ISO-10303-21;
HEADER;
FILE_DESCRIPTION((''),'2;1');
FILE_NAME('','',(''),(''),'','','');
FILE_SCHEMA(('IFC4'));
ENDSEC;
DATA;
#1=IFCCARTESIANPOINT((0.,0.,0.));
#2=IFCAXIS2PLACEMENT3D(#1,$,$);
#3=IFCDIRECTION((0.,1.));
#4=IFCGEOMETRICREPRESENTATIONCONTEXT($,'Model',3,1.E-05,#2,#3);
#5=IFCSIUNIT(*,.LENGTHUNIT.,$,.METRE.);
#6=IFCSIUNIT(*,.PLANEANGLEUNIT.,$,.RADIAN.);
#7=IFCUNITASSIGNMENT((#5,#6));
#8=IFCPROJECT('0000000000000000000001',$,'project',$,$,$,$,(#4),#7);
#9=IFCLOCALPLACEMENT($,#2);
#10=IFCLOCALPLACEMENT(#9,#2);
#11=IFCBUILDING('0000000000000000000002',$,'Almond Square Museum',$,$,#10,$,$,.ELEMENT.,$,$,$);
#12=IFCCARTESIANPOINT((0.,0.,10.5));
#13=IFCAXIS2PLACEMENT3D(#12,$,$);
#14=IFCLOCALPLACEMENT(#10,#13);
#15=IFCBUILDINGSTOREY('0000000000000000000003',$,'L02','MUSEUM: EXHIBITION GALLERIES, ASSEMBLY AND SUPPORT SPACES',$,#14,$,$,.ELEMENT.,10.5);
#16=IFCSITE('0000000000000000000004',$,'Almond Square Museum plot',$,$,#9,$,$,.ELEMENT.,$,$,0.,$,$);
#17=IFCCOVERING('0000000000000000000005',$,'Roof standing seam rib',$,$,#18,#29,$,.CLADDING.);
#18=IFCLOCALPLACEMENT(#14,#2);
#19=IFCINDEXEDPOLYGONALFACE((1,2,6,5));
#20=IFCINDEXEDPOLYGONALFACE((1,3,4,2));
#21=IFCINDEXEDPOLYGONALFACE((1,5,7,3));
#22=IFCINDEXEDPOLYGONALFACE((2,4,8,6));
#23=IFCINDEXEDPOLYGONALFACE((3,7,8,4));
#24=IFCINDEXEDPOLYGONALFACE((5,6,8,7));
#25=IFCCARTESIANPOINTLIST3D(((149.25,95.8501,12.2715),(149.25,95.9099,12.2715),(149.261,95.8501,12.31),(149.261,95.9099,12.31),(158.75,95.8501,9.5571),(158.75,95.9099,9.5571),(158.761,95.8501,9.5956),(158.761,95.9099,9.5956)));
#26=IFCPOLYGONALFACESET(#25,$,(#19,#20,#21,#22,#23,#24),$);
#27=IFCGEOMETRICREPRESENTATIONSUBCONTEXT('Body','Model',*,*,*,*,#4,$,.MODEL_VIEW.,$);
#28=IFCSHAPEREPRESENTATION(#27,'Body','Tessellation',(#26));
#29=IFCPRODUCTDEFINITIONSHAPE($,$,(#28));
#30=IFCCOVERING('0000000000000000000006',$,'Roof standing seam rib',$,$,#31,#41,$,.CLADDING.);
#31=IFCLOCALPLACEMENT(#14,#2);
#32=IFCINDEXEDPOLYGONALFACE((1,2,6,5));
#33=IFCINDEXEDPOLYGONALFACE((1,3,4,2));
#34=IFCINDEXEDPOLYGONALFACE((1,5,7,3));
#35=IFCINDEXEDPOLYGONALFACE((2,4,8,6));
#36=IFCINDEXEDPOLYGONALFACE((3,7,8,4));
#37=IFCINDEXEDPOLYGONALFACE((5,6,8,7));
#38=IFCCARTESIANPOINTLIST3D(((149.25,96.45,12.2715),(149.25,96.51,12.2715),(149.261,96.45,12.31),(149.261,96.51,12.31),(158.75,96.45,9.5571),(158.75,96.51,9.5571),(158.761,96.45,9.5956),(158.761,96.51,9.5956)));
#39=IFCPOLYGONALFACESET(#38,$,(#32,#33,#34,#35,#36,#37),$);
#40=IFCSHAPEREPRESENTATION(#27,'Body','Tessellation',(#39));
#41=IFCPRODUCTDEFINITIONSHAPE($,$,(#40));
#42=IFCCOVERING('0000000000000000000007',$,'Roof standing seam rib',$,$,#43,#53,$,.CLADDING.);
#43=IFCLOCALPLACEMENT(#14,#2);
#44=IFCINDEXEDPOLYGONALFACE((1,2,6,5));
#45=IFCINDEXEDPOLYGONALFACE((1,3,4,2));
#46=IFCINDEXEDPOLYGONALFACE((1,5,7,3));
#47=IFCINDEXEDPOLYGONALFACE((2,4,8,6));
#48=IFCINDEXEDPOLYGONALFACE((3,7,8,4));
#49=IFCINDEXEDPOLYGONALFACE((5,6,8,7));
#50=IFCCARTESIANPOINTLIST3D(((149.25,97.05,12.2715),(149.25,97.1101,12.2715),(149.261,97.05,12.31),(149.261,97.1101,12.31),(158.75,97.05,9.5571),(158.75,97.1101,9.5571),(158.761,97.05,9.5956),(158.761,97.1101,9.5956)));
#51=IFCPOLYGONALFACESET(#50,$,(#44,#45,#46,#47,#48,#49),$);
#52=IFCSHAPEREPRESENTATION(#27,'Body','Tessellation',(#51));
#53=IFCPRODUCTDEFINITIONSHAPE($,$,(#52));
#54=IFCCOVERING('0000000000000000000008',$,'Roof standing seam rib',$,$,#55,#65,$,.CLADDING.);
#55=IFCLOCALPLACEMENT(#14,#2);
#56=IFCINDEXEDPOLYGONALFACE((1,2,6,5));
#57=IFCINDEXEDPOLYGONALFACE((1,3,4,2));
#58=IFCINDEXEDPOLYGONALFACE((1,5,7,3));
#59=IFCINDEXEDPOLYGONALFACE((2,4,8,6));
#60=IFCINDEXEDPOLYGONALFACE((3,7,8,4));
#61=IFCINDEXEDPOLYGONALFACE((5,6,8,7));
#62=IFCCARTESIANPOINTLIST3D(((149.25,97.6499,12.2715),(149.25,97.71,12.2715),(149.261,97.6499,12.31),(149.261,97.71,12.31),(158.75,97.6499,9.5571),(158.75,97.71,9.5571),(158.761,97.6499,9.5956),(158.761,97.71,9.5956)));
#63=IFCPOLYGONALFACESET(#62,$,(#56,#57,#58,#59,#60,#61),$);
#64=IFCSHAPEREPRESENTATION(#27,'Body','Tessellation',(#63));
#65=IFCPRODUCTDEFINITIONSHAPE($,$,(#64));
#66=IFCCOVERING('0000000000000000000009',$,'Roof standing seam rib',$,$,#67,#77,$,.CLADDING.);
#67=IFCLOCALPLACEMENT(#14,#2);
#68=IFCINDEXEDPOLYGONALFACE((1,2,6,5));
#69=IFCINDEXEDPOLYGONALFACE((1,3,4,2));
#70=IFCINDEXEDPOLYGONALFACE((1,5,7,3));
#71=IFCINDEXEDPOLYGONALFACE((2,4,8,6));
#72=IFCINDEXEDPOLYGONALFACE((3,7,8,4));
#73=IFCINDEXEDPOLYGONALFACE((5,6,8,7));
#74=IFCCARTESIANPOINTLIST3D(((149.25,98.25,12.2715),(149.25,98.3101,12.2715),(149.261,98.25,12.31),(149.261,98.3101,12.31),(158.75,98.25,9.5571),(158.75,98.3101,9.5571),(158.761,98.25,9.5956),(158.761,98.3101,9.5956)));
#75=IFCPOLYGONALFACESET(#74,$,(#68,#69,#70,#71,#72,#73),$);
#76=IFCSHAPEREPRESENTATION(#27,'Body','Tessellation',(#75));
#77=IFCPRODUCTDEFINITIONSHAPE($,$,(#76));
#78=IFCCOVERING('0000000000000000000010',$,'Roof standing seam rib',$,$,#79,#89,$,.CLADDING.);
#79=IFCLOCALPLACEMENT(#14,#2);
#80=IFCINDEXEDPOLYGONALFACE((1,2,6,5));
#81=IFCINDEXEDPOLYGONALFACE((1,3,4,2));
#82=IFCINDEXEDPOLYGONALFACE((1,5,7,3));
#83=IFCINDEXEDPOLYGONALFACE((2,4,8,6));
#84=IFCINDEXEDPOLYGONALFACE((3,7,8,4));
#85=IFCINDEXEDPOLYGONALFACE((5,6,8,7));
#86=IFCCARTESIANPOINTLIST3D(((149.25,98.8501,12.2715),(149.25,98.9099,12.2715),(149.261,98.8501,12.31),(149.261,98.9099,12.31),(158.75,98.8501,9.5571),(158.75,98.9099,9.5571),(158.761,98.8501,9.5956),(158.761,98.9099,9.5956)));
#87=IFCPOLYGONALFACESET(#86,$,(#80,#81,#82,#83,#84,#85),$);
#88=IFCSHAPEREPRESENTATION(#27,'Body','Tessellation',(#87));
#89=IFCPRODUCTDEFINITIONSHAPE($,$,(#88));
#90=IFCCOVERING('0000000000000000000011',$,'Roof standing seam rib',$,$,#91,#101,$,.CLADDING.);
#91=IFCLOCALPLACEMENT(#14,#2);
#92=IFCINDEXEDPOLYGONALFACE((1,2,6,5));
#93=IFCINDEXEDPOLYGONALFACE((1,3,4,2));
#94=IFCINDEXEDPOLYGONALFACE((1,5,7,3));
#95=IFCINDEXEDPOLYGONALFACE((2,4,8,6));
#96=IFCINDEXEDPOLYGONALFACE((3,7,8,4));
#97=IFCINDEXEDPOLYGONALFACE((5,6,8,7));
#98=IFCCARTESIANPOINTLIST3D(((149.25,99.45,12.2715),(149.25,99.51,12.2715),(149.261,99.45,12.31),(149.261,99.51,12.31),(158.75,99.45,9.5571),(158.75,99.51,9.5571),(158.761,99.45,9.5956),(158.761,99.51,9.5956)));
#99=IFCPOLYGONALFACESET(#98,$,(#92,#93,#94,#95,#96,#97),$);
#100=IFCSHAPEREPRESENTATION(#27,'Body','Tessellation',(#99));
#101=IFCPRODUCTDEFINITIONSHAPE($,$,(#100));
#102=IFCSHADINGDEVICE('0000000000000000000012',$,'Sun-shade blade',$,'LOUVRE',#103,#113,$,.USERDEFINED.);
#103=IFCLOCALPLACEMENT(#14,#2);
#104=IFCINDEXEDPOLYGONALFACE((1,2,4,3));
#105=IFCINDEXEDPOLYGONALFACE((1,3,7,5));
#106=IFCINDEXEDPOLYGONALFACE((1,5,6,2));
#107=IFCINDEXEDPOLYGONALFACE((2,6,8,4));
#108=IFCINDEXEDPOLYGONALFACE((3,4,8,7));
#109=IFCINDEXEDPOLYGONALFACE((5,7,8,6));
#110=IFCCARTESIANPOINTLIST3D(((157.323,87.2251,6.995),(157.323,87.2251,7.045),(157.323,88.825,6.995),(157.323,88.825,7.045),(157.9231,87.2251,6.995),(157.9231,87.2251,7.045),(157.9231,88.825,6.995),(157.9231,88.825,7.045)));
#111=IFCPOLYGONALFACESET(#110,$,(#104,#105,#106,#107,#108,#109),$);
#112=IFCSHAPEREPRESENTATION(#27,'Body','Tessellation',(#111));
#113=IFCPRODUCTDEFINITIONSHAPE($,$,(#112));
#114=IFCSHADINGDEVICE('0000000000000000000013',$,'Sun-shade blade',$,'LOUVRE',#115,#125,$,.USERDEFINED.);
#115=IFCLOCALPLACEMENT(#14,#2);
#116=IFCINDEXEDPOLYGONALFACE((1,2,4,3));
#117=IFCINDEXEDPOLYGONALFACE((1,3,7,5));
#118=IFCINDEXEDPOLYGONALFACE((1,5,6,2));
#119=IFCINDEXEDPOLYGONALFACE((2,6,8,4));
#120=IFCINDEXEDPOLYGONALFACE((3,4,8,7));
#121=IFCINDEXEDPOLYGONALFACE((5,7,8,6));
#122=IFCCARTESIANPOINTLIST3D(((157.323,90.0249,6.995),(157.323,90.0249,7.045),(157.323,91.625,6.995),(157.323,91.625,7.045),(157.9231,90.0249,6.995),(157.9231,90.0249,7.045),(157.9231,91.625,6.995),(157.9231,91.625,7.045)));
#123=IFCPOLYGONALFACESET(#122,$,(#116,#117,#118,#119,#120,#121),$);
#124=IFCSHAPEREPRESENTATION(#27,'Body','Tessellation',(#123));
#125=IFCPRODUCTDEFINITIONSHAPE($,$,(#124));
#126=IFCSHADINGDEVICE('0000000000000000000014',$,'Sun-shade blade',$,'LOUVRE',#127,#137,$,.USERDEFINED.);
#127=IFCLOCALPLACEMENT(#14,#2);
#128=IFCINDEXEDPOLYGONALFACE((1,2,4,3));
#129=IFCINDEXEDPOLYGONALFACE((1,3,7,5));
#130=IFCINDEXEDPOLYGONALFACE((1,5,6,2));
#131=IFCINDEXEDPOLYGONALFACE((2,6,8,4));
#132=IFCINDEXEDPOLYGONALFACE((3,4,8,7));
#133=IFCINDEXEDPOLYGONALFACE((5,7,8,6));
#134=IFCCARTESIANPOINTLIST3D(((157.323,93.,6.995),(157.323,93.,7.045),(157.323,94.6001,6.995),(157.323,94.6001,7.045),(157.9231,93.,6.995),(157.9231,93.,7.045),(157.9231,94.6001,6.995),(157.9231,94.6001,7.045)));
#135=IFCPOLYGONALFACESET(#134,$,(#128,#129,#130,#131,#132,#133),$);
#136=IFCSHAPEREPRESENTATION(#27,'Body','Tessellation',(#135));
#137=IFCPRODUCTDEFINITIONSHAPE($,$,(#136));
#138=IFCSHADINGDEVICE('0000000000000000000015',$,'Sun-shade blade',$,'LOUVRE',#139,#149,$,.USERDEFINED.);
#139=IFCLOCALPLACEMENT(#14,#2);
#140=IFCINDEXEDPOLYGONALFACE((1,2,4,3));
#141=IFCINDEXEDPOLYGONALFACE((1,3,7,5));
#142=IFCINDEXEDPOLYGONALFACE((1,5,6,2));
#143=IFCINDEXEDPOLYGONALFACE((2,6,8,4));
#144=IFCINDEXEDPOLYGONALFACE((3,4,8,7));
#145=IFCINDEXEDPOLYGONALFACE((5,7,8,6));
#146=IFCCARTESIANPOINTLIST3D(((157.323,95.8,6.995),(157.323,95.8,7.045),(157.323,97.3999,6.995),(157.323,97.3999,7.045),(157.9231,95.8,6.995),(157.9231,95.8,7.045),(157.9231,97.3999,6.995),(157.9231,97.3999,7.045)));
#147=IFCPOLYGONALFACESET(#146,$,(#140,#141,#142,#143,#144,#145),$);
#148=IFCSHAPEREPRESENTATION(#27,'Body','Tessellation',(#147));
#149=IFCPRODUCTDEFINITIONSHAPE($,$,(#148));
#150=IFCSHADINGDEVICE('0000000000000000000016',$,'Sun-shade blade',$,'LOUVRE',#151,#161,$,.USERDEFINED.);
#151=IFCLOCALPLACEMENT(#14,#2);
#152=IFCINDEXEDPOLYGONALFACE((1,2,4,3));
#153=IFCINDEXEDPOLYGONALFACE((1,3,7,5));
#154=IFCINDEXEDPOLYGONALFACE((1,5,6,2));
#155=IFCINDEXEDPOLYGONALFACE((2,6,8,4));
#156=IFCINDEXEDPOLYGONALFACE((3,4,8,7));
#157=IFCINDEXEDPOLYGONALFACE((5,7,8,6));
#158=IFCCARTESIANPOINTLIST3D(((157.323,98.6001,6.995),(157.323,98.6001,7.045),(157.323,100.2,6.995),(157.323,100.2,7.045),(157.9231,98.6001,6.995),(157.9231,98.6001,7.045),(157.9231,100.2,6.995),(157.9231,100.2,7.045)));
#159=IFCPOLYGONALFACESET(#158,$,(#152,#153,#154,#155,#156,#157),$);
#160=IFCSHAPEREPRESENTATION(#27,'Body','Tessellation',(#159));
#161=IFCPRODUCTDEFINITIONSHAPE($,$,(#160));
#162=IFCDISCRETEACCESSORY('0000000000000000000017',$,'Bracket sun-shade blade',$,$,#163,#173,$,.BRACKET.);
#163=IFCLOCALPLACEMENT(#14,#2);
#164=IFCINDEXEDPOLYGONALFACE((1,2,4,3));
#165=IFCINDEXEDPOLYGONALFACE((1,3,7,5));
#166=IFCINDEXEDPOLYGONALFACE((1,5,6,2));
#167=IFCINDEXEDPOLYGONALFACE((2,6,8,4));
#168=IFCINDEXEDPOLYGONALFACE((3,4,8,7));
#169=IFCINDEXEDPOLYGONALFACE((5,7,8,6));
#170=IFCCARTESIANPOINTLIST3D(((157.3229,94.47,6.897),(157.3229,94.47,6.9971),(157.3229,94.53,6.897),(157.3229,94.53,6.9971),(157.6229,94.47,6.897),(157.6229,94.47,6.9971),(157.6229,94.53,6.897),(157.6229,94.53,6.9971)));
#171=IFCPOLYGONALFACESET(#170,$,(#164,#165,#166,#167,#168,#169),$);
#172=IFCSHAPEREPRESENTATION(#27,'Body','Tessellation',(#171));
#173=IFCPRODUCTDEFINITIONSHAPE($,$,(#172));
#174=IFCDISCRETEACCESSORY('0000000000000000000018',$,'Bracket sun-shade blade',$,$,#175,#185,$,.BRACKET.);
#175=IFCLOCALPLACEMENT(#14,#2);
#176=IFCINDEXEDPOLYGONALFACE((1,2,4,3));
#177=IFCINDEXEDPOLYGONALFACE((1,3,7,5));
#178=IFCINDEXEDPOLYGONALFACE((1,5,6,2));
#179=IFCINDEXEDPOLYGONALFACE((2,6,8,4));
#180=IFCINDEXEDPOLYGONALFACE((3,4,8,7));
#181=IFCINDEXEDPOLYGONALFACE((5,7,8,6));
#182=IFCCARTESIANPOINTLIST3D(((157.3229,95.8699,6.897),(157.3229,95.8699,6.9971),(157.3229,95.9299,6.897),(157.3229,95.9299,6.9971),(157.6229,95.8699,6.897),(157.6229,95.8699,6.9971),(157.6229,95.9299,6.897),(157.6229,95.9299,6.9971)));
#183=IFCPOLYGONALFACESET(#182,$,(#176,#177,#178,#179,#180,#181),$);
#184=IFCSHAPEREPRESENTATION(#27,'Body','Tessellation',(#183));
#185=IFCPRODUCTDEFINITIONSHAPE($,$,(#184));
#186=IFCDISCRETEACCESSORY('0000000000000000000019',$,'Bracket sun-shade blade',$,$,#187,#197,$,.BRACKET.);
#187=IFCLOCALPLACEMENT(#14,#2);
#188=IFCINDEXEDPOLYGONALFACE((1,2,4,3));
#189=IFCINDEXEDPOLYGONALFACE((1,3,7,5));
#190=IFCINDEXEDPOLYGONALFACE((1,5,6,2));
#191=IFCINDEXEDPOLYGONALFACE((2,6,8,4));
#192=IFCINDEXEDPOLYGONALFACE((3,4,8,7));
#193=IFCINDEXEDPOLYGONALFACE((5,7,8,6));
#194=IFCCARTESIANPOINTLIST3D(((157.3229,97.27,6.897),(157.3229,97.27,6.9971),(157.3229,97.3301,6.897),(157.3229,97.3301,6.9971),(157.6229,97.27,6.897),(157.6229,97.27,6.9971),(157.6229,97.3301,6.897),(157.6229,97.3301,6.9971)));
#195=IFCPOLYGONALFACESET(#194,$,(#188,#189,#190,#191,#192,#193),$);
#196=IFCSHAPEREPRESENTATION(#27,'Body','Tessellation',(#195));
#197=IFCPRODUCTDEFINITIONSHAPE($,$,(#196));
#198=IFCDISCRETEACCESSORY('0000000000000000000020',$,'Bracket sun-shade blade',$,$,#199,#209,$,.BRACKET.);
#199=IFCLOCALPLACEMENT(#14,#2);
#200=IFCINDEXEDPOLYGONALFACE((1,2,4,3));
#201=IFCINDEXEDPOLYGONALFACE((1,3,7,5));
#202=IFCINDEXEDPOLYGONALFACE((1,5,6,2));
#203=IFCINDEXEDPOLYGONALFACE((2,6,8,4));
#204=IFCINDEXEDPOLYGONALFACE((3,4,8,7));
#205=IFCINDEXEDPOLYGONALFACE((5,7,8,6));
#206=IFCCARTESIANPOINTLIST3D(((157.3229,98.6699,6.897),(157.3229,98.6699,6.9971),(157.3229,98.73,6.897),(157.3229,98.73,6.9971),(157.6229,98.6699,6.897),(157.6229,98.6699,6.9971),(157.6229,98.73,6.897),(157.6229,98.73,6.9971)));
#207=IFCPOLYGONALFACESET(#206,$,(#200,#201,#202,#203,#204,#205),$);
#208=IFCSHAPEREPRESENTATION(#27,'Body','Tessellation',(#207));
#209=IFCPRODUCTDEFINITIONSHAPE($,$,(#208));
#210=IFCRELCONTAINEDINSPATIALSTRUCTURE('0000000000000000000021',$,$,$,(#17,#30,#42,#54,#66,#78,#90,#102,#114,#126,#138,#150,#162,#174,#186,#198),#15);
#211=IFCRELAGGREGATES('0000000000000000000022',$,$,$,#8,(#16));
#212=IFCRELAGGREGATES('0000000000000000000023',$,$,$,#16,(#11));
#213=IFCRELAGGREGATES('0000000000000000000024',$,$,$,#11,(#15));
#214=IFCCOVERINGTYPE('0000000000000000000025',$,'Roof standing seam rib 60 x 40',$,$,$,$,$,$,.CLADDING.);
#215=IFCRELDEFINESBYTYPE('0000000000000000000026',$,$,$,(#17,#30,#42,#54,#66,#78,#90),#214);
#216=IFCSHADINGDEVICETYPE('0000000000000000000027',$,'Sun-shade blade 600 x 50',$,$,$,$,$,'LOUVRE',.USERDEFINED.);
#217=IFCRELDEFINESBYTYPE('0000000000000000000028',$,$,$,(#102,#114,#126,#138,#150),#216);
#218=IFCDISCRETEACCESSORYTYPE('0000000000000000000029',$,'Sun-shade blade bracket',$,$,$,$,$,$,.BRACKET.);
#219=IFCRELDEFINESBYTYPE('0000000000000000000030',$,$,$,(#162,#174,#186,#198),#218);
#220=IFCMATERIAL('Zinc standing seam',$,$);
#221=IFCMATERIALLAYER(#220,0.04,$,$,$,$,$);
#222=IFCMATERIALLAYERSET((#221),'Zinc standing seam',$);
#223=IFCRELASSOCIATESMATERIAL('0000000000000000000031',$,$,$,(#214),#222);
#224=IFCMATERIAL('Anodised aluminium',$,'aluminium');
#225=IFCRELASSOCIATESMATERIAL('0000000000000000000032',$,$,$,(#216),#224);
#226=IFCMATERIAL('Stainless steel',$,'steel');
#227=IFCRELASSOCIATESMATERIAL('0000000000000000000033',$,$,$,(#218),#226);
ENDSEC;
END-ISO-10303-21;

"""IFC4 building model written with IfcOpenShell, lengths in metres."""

from ifc_helpers import new_model, si_unit, direction, frame, origin, origin_2d, place, context, subcontext, project, spatial, polyline, rectangle, outline, extrude, material, layer, layer_set, material_profile, profile_set, type_object, element, save


model = new_model("IFC4")

# Units and contexts
model_context = context("Model", 3, precision=1e-05, world=origin(), true_north=direction((0.0, 1.0)))
body_context = subcontext(model_context, "Body", "Model", "MODEL_VIEW")
ifc_project = project(units=[si_unit("LENGTHUNIT", "METRE"), si_unit("PLANEANGLEUNIT", "RADIAN")], contexts=[model_context])

# Site, building, storey
site_placement = place(None, origin())
site = spatial("IfcSite", under=ifc_project, at=site_placement, Name="Almond Square Museum plot", CompositionType="ELEMENT", RefElevation=0.0)
building_placement = place(site_placement, origin())
building = spatial("IfcBuilding", under=site, at=building_placement, Name="Almond Square Museum", CompositionType="ELEMENT")
storey_placement = place(building_placement, frame((0.0, 0.0, 10.5)))
storey = spatial("IfcBuildingStorey", under=building, at=storey_placement, Name="L02", Description="MUSEUM: EXHIBITION GALLERIES, ASSEMBLY AND SUPPORT SPACES", CompositionType="ELEMENT", Elevation=10.5)

# Coverings
ifc_material_1 = material(Name="Zinc standing seam")
ifc_layer = layer(ifc_material_1, 0.04)
ifc_layer_set = layer_set([ifc_layer], Name="Zinc standing seam")
covering_type = type_object("IfcCoveringType", Name="Roof standing seam rib 60 x 40", PredefinedType="CLADDING", material=ifc_layer_set)
covering_1_placement = place(storey_placement, frame((158.75, 95.9099, 9.5571), z_axis=(0.274728, 0.0, 0.961522), x_axis=(-0.961522, 0.0, 0.274728)))
element("IfcCovering", 1, at=covering_1_placement, inside=storey, type_object=covering_type, Name="Roof standing seam rib", PredefinedType="CLADDING", context=body_context, shape_type="SweptSolid", body=[
    extrude(outline(polyline([(0.0, 0.0), (9.8802, 0.0), (9.8802, 0.0598), (0.0, 0.0598), (0.0, 0.0)])), origin(), (0.0, 0.0, 1.0), 0.04),
])
for number, where, z_axis, x_axis, name in (
    (2, (158.75, 96.51, 9.5571), (0.274728, 0.0, 0.961522), (-0.961522, 0.0, 0.274728), "Roof standing seam rib"),
    (3, (158.75, 97.1101, 9.5571), (0.274728, 0.0, 0.961522), (-0.961522, 0.0, 0.274728), "Roof standing seam rib"),
    (4, (158.75, 97.71, 9.5571), (0.274728, 0.0, 0.961522), (-0.961522, 0.0, 0.274728), "Roof standing seam rib"),
    (5, (158.75, 98.3101, 9.5571), (0.274728, 0.0, 0.961522), (-0.961522, 0.0, 0.274728), "Roof standing seam rib"),
):
    element("IfcCovering", number, at=place(storey_placement, frame(where, z_axis=z_axis, x_axis=x_axis)), inside=storey, type_object=covering_type, Name=name, PredefinedType="CLADDING", context=body_context, shape_type="SweptSolid", body=[
        extrude(outline(polyline([(0.0, 0.0), (9.8802, 0.0), (9.8802, 0.0601), (0.0, 0.0601), (0.0, 0.0)])), origin(), (0.0, 0.0, 1.0), 0.04),
    ])
covering_2_placement = place(storey_placement, frame((158.75, 98.9099, 9.5571), z_axis=(0.274728, 0.0, 0.961522), x_axis=(-0.961522, 0.0, 0.274728)))
element("IfcCovering", 6, at=covering_2_placement, inside=storey, type_object=covering_type, Name="Roof standing seam rib", PredefinedType="CLADDING", context=body_context, shape_type="SweptSolid", body=[
    extrude(outline(polyline([(0.0, 0.0), (9.8802, 0.0), (9.8802, 0.0598), (0.0, 0.0598), (0.0, 0.0)])), origin(), (0.0, 0.0, 1.0), 0.04),
])
covering_3_placement = place(storey_placement, frame((158.75, 99.51, 9.5571), z_axis=(0.274728, 0.0, 0.961522), x_axis=(-0.961522, 0.0, 0.274728)))
element("IfcCovering", 7, at=covering_3_placement, inside=storey, type_object=covering_type, Name="Roof standing seam rib", PredefinedType="CLADDING", context=body_context, shape_type="SweptSolid", body=[
    extrude(outline(polyline([(0.0, 0.0), (9.8802, 0.0), (9.8802, 0.0601), (0.0, 0.0601), (0.0, 0.0)])), origin(), (0.0, 0.0, 1.0), 0.04),
])

# Shading devices
ifc_material_2 = material(Name="Anodised aluminium", Category="aluminium")
ifc_material_profile = material_profile(ifc_material_2, rectangle(XDim=0.6001, YDim=0.05, at=origin_2d()))
ifc_profile_set = profile_set([ifc_material_profile], Name="Anodised aluminium")
shading_device_type = type_object("IfcShadingDeviceType", Name="Sun-shade blade 600 x 50", ElementType="LOUVRE", PredefinedType="USERDEFINED", material=ifc_profile_set)
shading_device_placement = place(storey_placement, frame((157.623, 87.2251, 7.02), z_axis=(0.0, 1.0, 0.0), x_axis=(-1.0, 0.0, 0.0)))
element("IfcShadingDevice", 8, at=shading_device_placement, inside=storey, type_object=shading_device_type, Name="Sun-shade blade", ObjectType="LOUVRE", PredefinedType="USERDEFINED", context=body_context, shape_type="SweptSolid", body=[
    extrude(rectangle(XDim=0.6001, YDim=0.05, at=origin_2d()), origin(), (0.0, 0.0, 1.0), 1.5999),
])
for number, where, z_axis, x_axis, name in (
    (9, (157.623, 90.0249, 7.02), (0.0, 1.0, 0.0), (-1.0, 0.0, 0.0), "Sun-shade blade"),
    (10, (157.623, 93.0, 7.02), (0.0, 1.0, 0.0), (-1.0, 0.0, 0.0), "Sun-shade blade"),
):
    element("IfcShadingDevice", number, at=place(storey_placement, frame(where, z_axis=z_axis, x_axis=x_axis)), inside=storey, type_object=shading_device_type, Name=name, ObjectType="LOUVRE", PredefinedType="USERDEFINED", context=body_context, shape_type="SweptSolid", body=[
        extrude(rectangle(XDim=0.6001, YDim=0.05, at=origin_2d()), origin(), (0.0, 0.0, 1.0), 1.6001),
    ])
for number, where, z_axis, x_axis, name in (
    (11, (157.623, 95.8, 7.02), (0.0, 1.0, 0.0), (-1.0, 0.0, 0.0), "Sun-shade blade"),
    (12, (157.623, 98.6001, 7.02), (0.0, 1.0, 0.0), (-1.0, 0.0, 0.0), "Sun-shade blade"),
):
    element("IfcShadingDevice", number, at=place(storey_placement, frame(where, z_axis=z_axis, x_axis=x_axis)), inside=storey, type_object=shading_device_type, Name=name, ObjectType="LOUVRE", PredefinedType="USERDEFINED", context=body_context, shape_type="SweptSolid", body=[
        extrude(rectangle(XDim=0.6001, YDim=0.05, at=origin_2d()), origin(), (0.0, 0.0, 1.0), 1.5999),
    ])

# Discrete accessories
ifc_material_3 = material(Name="Stainless steel", Category="steel")
discrete_accessory_type = type_object("IfcDiscreteAccessoryType", Name="Sun-shade blade bracket", PredefinedType="BRACKET", material=ifc_material_3)
for number, where, z_axis, x_axis, name in (
    (13, (157.4729, 94.5, 6.897), (0.0, 0.0, 1.0), (1.0, 0.0, 0.0), "Bracket sun-shade blade"),
    (14, (157.4729, 95.8999, 6.897), (0.0, 0.0, 1.0), (1.0, 0.0, 0.0), "Bracket sun-shade blade"),
    (15, (157.4729, 97.3, 6.897), (0.0, 0.0, 1.0), (1.0, 0.0, 0.0), "Bracket sun-shade blade"),
    (16, (157.4729, 98.7, 6.897), (0.0, 0.0, 1.0), (1.0, 0.0, 0.0), "Bracket sun-shade blade"),
):
    element("IfcDiscreteAccessory", number, at=place(storey_placement, frame(where, z_axis=z_axis, x_axis=x_axis)), inside=storey, type_object=discrete_accessory_type, Name=name, PredefinedType="BRACKET", context=body_context, shape_type="SweptSolid", body=[
        extrude(rectangle(XDim=0.3, YDim=0.0601, at=origin_2d()), origin(), (0.0, 0.0, 1.0), 0.1001),
    ])

save(model, "model.ifc")
